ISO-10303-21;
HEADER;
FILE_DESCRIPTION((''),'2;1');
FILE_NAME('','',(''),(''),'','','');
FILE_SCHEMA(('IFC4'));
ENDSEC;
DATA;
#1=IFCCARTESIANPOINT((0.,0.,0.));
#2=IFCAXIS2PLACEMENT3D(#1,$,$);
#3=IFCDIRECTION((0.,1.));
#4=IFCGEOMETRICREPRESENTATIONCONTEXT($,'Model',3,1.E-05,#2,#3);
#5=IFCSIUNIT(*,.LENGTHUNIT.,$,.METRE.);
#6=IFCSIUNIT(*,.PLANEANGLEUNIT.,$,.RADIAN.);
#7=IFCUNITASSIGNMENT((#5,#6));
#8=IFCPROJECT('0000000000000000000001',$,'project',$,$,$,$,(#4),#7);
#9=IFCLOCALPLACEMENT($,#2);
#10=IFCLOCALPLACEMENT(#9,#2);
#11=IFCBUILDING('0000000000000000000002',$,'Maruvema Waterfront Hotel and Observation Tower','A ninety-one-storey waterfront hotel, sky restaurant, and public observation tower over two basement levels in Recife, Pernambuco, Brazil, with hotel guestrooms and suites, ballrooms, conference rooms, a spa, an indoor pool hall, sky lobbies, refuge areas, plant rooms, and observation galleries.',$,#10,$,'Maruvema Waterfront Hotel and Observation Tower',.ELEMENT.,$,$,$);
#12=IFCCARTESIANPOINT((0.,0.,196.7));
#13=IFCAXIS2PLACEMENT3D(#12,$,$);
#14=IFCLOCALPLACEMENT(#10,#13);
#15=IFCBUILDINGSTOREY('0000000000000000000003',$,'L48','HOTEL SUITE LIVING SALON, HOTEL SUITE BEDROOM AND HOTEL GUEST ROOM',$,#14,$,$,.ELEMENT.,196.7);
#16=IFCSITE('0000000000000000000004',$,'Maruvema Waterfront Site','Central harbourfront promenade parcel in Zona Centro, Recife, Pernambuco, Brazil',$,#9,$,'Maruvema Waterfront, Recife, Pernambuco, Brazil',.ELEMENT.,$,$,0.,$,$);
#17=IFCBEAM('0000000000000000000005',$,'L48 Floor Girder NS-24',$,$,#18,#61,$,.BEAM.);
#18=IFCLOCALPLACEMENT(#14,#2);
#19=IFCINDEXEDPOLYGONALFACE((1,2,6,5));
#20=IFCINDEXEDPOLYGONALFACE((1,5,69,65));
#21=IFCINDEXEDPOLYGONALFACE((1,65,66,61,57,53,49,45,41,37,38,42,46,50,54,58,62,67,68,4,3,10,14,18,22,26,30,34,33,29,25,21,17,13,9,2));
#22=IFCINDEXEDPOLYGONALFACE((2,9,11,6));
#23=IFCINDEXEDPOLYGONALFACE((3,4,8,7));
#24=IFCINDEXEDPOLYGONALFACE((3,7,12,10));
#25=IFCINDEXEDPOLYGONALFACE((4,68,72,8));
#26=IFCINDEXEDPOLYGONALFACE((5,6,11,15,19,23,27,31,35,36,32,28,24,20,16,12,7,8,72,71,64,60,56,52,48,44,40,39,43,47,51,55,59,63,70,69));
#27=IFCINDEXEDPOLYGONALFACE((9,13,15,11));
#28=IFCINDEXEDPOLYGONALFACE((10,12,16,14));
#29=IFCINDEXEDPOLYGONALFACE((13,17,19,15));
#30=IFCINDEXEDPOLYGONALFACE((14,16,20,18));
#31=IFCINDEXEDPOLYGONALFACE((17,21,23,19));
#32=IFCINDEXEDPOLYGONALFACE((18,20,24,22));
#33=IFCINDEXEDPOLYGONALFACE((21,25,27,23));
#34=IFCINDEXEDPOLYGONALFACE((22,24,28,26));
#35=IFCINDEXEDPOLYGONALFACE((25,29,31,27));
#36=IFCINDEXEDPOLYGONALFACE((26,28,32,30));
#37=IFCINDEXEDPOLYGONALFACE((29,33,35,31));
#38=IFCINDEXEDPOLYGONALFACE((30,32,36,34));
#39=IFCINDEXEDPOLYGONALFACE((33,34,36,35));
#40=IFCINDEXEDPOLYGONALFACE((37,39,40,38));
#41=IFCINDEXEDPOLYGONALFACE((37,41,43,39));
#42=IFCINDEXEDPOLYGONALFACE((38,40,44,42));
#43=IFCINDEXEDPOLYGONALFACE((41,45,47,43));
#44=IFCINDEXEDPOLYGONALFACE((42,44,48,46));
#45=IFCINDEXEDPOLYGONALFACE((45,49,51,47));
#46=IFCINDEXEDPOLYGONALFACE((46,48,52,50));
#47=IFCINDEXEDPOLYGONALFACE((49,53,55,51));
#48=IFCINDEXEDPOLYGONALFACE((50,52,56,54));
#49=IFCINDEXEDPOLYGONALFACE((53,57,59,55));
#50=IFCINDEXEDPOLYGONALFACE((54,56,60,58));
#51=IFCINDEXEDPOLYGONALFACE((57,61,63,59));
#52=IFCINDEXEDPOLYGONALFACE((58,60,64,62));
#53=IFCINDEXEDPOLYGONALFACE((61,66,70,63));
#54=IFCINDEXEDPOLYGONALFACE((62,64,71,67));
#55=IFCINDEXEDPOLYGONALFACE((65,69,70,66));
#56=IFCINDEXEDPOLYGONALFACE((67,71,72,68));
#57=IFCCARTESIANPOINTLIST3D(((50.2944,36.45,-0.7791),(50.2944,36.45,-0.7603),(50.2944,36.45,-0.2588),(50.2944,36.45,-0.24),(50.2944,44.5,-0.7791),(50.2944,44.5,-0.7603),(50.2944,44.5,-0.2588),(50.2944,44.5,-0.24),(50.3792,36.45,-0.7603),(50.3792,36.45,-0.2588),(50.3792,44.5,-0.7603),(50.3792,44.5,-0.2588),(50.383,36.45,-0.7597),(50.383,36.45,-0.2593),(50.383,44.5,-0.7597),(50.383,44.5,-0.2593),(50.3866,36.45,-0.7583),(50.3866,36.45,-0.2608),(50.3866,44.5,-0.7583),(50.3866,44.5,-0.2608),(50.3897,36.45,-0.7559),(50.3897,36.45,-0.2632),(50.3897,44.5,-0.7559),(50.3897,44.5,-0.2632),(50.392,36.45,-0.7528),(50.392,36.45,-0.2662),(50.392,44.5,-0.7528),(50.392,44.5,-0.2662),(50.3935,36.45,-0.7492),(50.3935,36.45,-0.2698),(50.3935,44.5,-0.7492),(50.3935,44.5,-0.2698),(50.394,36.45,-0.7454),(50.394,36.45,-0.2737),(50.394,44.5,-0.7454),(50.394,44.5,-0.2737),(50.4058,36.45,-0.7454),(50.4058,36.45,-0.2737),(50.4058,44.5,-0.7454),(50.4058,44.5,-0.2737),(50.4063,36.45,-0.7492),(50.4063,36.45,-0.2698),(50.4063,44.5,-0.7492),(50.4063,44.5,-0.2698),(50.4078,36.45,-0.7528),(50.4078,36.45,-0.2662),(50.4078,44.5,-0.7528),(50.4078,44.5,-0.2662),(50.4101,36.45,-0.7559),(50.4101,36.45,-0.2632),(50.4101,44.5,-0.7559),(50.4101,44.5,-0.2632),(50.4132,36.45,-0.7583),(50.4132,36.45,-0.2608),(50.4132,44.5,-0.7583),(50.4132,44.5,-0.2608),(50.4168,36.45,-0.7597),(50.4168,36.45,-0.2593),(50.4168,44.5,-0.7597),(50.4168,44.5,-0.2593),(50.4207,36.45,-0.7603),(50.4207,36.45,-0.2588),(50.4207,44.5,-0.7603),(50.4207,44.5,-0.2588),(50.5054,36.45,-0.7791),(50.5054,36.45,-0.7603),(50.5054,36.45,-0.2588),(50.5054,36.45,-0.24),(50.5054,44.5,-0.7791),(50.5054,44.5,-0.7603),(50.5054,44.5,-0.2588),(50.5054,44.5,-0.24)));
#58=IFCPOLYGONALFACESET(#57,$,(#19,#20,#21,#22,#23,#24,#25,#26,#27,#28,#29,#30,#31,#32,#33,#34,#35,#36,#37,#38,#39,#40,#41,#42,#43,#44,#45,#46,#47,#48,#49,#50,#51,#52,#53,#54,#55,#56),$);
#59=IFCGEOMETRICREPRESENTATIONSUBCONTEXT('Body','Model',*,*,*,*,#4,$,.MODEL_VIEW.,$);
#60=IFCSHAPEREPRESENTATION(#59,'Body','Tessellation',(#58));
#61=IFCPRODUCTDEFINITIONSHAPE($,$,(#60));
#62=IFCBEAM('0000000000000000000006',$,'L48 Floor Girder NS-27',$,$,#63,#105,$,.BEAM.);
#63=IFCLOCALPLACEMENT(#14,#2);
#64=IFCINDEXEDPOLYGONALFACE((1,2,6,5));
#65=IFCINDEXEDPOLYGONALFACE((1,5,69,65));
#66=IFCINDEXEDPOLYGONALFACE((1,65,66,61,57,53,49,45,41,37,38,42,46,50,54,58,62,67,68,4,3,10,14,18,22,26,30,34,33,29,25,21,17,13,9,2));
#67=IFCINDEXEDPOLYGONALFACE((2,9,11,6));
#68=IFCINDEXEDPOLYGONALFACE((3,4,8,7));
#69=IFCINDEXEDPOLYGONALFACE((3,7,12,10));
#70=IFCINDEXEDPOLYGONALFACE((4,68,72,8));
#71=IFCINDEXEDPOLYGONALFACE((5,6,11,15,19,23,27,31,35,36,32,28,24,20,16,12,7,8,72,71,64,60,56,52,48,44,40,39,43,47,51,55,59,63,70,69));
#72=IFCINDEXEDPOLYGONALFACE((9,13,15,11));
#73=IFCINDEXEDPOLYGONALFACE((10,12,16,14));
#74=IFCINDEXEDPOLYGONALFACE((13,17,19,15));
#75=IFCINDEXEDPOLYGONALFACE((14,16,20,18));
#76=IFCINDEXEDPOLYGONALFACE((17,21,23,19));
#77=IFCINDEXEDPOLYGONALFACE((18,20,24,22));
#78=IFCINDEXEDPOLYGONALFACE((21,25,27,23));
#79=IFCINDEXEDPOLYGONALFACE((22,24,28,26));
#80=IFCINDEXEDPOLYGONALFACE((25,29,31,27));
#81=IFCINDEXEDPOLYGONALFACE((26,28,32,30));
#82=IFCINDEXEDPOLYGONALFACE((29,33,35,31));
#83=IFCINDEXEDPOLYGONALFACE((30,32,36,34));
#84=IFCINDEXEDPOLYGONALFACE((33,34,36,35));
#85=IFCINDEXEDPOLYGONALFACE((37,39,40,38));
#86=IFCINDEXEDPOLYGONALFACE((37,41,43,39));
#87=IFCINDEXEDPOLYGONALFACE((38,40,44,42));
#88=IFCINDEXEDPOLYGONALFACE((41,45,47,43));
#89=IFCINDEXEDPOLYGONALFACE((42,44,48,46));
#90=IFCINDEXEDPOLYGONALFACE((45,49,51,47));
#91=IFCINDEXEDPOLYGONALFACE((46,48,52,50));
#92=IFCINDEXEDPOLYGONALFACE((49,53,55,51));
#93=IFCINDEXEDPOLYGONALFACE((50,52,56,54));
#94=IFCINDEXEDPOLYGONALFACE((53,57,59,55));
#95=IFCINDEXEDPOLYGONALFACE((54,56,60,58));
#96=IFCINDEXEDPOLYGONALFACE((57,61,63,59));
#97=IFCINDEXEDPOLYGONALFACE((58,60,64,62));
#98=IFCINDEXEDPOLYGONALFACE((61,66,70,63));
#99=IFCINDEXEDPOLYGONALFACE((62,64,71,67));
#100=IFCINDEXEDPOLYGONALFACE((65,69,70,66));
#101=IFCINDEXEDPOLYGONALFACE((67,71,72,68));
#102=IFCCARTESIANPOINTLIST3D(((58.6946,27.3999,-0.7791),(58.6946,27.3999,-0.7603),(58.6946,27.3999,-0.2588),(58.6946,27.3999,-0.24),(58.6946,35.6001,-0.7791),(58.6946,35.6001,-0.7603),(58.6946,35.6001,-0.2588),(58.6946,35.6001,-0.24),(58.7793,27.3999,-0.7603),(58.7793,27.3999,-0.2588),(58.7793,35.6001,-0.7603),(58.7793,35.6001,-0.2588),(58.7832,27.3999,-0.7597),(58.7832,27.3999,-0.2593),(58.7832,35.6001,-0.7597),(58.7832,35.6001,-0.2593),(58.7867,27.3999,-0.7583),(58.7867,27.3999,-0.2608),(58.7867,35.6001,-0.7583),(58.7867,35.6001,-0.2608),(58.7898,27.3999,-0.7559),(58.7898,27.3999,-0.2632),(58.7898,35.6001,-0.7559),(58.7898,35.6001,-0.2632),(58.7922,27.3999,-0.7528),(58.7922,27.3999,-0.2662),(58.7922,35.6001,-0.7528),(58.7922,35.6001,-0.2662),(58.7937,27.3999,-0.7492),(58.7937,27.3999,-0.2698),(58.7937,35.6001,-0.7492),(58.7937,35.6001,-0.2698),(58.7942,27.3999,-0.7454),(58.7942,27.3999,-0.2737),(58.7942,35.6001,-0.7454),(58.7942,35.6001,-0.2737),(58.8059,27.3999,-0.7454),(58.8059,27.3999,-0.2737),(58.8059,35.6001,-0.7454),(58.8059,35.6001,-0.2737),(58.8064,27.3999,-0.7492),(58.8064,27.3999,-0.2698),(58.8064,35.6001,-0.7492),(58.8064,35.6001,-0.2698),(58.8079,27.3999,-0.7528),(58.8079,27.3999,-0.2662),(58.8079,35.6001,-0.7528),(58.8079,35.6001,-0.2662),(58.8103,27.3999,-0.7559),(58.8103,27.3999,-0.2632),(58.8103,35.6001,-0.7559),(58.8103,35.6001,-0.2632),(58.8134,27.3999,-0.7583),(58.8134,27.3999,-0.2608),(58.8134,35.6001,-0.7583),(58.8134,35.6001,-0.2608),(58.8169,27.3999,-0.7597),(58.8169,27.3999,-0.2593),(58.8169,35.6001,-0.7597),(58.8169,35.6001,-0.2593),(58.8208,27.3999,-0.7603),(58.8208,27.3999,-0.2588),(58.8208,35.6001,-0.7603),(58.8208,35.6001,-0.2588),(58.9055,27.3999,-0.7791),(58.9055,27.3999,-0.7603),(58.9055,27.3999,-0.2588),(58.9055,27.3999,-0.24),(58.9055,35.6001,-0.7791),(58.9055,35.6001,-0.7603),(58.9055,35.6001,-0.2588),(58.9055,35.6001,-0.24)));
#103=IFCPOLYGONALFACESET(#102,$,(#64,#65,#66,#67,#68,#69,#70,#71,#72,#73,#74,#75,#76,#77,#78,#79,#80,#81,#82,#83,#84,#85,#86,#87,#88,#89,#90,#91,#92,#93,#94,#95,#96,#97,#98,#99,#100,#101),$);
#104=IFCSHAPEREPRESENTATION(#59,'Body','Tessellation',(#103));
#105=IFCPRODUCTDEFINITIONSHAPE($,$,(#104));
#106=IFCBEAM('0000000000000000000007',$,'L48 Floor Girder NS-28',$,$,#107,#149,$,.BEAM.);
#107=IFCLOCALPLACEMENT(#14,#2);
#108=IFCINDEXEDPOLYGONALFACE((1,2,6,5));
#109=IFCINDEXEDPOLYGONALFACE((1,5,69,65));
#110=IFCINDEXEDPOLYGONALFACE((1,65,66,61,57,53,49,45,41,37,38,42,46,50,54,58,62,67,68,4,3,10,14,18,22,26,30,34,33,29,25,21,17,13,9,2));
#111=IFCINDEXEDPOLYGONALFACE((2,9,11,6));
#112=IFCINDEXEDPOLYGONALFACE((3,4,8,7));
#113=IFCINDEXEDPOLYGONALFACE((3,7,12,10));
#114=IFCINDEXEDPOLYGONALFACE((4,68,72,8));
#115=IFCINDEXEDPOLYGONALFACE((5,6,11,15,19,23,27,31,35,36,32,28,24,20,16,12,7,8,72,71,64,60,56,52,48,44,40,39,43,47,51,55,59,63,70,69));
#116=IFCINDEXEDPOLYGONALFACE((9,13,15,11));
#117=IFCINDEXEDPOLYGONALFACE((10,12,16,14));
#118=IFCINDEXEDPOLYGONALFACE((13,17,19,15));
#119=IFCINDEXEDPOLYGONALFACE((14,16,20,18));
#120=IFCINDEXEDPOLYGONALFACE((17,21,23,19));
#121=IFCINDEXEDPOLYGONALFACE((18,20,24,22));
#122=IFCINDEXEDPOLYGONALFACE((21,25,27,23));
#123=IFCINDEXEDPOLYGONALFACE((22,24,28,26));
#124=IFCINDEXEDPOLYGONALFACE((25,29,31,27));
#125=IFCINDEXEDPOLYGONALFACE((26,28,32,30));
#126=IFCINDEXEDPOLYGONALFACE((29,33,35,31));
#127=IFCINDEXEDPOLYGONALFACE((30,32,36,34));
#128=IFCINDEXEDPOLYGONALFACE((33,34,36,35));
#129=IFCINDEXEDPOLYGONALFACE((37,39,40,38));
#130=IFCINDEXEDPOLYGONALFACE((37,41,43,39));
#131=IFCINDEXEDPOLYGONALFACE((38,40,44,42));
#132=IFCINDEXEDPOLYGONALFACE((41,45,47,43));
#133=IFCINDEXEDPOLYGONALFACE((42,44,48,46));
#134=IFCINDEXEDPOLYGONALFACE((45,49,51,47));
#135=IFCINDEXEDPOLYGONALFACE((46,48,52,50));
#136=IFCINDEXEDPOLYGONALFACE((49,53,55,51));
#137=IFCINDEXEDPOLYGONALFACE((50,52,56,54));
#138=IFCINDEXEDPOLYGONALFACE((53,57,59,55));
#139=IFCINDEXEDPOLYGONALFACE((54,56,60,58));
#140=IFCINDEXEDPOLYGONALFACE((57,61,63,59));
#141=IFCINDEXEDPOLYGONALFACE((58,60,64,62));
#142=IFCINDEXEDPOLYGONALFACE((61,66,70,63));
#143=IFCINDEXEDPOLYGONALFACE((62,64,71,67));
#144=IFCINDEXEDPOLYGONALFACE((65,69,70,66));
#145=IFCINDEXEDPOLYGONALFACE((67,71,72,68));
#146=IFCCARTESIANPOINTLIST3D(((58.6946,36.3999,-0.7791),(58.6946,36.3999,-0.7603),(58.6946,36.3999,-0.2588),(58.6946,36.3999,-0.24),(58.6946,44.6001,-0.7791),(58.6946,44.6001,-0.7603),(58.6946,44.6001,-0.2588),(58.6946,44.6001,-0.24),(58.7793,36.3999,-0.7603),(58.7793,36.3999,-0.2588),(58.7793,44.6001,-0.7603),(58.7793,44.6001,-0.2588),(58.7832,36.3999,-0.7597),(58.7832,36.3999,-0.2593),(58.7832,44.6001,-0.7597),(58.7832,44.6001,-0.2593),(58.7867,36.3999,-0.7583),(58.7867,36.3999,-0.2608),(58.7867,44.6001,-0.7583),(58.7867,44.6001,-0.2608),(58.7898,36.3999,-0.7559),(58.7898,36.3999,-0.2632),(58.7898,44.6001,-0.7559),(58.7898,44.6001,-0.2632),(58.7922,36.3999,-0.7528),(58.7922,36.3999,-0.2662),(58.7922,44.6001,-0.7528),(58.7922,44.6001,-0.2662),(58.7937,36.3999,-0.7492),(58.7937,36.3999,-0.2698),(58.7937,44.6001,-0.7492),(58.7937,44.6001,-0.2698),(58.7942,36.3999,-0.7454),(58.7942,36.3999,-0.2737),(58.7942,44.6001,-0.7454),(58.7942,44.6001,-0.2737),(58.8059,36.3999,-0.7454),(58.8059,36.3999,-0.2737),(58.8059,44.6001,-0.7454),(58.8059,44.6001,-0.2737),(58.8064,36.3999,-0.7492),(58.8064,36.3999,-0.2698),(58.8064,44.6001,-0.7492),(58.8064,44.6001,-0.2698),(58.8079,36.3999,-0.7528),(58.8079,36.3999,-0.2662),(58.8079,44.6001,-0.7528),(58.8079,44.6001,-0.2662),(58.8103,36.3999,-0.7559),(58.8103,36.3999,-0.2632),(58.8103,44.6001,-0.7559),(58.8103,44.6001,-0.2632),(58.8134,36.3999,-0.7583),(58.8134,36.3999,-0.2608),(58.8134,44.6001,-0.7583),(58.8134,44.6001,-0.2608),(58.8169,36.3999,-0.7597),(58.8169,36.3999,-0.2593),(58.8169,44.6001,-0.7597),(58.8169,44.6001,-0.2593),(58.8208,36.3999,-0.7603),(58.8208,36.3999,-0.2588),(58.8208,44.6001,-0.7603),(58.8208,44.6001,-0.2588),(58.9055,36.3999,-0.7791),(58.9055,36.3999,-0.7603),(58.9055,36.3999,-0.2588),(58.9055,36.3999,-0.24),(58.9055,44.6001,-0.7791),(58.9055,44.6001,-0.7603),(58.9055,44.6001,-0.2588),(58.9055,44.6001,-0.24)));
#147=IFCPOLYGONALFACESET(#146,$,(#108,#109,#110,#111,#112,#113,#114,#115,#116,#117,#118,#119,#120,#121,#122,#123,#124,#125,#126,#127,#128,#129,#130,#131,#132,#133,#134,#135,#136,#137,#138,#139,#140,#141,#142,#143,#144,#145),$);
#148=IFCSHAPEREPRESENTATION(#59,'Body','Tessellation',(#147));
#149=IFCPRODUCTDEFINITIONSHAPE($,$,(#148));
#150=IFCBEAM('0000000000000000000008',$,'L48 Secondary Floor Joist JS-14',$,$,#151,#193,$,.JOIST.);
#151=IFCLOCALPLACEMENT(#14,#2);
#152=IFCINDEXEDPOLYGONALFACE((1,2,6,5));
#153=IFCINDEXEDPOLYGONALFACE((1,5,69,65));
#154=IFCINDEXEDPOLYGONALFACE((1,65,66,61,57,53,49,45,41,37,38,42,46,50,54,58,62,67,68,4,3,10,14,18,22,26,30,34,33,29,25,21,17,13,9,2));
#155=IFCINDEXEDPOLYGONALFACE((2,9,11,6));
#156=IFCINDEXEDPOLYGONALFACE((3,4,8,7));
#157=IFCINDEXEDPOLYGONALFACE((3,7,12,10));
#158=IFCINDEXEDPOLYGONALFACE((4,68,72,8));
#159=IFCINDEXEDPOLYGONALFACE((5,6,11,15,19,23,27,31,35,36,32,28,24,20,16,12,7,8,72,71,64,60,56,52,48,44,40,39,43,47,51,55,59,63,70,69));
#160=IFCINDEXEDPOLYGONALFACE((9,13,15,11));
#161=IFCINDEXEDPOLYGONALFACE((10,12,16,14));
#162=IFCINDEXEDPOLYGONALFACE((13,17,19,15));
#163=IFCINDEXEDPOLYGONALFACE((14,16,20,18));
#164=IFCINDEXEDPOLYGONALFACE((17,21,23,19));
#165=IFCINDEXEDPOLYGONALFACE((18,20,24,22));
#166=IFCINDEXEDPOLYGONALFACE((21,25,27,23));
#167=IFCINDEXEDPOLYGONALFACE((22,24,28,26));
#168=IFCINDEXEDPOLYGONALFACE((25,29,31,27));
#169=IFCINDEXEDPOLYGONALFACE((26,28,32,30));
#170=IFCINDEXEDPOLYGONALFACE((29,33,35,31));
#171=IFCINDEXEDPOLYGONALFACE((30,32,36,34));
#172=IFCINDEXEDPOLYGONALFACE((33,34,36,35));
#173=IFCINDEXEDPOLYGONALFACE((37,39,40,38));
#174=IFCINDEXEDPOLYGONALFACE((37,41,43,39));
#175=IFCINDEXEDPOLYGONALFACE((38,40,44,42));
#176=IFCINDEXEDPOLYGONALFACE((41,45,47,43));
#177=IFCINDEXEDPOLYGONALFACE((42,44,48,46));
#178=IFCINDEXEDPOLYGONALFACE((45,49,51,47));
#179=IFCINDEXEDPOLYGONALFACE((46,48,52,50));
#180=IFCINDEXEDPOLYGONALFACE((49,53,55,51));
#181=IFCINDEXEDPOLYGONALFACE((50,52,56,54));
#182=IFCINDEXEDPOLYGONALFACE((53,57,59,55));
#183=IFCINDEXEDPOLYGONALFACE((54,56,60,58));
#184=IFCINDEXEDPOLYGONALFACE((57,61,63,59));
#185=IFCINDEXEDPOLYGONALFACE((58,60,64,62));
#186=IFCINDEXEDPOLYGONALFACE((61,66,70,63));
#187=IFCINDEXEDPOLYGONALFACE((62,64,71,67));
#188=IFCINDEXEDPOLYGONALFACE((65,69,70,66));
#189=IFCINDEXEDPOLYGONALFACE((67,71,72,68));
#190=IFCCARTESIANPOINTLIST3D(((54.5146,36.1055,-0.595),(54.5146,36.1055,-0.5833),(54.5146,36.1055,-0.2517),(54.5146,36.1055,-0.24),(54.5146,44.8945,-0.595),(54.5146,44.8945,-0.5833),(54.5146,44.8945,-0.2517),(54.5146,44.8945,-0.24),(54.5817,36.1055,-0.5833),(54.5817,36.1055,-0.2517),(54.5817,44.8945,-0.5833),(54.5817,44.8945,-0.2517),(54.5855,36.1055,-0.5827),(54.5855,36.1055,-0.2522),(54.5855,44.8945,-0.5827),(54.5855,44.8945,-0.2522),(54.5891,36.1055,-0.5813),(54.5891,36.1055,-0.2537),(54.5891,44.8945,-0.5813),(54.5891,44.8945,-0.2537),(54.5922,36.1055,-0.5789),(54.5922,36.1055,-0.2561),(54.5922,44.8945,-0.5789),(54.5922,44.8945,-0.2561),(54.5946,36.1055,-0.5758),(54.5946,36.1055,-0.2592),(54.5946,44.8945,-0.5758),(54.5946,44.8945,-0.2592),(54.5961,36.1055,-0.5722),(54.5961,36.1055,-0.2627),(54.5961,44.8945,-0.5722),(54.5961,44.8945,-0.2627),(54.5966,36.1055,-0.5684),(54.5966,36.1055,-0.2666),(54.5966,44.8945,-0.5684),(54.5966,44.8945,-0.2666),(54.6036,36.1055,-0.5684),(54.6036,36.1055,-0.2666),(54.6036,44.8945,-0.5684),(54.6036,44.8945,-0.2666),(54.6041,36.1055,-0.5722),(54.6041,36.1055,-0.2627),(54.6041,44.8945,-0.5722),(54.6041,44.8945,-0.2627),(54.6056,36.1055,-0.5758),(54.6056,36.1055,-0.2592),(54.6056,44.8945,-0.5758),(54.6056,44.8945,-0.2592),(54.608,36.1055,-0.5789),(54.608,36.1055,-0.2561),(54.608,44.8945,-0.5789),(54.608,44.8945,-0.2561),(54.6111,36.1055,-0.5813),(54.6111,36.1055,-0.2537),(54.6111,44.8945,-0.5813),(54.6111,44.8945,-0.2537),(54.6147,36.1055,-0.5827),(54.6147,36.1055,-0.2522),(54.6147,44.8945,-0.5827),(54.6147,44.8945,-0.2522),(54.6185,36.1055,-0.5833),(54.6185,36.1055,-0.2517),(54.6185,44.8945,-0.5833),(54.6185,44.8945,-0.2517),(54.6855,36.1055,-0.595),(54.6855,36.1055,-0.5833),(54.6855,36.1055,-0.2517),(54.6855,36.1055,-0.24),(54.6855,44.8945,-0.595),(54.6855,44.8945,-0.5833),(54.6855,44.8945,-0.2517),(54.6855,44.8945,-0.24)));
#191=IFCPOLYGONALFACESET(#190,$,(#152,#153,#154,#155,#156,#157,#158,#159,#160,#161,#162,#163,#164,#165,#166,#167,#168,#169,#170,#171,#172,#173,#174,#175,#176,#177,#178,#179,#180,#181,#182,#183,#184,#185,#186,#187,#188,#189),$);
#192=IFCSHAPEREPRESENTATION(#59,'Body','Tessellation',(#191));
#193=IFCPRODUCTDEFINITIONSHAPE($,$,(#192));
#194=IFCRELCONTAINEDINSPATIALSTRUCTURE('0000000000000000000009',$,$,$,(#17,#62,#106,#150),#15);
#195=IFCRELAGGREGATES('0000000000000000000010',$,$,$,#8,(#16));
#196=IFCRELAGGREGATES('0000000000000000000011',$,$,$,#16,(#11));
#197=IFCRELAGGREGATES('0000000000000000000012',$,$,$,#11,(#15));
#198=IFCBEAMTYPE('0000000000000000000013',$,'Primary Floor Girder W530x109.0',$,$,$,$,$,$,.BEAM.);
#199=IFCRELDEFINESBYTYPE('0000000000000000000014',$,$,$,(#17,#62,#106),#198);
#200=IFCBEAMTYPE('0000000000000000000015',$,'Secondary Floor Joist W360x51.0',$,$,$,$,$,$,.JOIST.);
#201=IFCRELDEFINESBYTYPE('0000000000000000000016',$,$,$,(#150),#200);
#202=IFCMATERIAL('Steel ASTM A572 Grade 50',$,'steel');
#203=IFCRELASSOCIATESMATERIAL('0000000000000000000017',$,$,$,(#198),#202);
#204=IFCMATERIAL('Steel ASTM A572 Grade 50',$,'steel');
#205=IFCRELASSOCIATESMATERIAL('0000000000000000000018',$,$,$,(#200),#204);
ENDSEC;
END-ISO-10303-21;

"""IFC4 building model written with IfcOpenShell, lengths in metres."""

from ifc_helpers import new_model, si_unit, direction, frame, origin, origin_2d, place, context, subcontext, project, spatial, i_section, extrude, material, material_profile, profile_set, type_object, element, save


model = new_model("IFC4")

# Units and contexts
model_context = context("Model", 3, precision=1e-05, world=origin(), true_north=direction((0.0, 1.0)))
body_context = subcontext(model_context, "Body", "Model", "MODEL_VIEW")
ifc_project = project(units=[si_unit("LENGTHUNIT", "METRE"), si_unit("PLANEANGLEUNIT", "RADIAN")], contexts=[model_context])

# Site, building, storey
site_placement = place(None, origin())
site = spatial("IfcSite", under=ifc_project, at=site_placement, Name="Maruvema Waterfront Site", Description="Central harbourfront promenade parcel in Zona Centro, Recife, Pernambuco, Brazil", LongName="Maruvema Waterfront, Recife, Pernambuco, Brazil", CompositionType="ELEMENT", RefElevation=0.0)
building_placement = place(site_placement, origin())
building = spatial("IfcBuilding", under=site, at=building_placement, Name="Maruvema Waterfront Hotel and Observation Tower", Description="A ninety-one-storey waterfront hotel, sky restaurant, and public observation tower over two basement levels in Recife, Pernambuco, Brazil, with hotel guestrooms and suites, ballrooms, conference rooms, a spa, an indoor pool hall, sky lobbies, refuge areas, plant rooms, and observation galleries.", LongName="Maruvema Waterfront Hotel and Observation Tower", CompositionType="ELEMENT")
storey_placement = place(building_placement, frame((0.0, 0.0, 196.7)))
storey = spatial("IfcBuildingStorey", under=building, at=storey_placement, Name="L48", Description="HOTEL SUITE LIVING SALON, HOTEL SUITE BEDROOM AND HOTEL GUEST ROOM", CompositionType="ELEMENT", Elevation=196.7)

# Beams
ifc_material_1 = material(Name="Steel ASTM A572 Grade 50", Category="steel")
ifc_material_profile_1 = material_profile(ifc_material_1, i_section(OverallWidth=0.2109, OverallDepth=0.5391, WebThickness=0.0117, FlangeThickness=0.0188, FilletRadius=0.0149, at=origin_2d()), Name="W530x109.0")
ifc_profile_set_1 = profile_set([ifc_material_profile_1], Name="Steel ASTM A572 Grade 50")
beam_type_1 = type_object("IfcBeamType", Name="Primary Floor Girder W530x109.0", PredefinedType="BEAM", material=ifc_profile_set_1)
beam_1_placement = place(storey_placement, frame((50.3999, 36.45, -0.5095), z_axis=(0.0, 1.0, 0.0), x_axis=(-1.0, 0.0, 0.0)))
element("IfcBeam", 1, at=beam_1_placement, inside=storey, type_object=beam_type_1, Name="L48 Floor Girder NS-24", PredefinedType="BEAM", context=body_context, shape_type="SweptSolid", body=[
    extrude(i_section(OverallWidth=0.2109, OverallDepth=0.5391, WebThickness=0.0117, FlangeThickness=0.0188, FilletRadius=0.0149, at=origin_2d()), origin(), (0.0, 0.0, 1.0), 8.05),
])
for number, where, z_axis, x_axis, name in (
    (2, (58.8, 27.3999, -0.5095), (0.0, 1.0, 0.0), (-1.0, 0.0, 0.0), "L48 Floor Girder NS-27"),
    (3, (58.8, 36.3999, -0.5095), (0.0, 1.0, 0.0), (-1.0, 0.0, 0.0), "L48 Floor Girder NS-28"),
):
    element("IfcBeam", number, at=place(storey_placement, frame(where, z_axis=z_axis, x_axis=x_axis)), inside=storey, type_object=beam_type_1, Name=name, PredefinedType="BEAM", context=body_context, shape_type="SweptSolid", body=[
        extrude(i_section(OverallWidth=0.2109, OverallDepth=0.5391, WebThickness=0.0117, FlangeThickness=0.0188, FilletRadius=0.0149, at=origin_2d()), origin(), (0.0, 0.0, 1.0), 8.2002),
    ])
ifc_material_2 = material(Name="Steel ASTM A572 Grade 50", Category="steel")
ifc_material_profile_2 = material_profile(ifc_material_2, i_section(OverallWidth=0.1709, OverallDepth=0.355, WebThickness=0.0071, FlangeThickness=0.0117, FilletRadius=0.0149, at=origin_2d()), Name="W360x51.0")
ifc_profile_set_2 = profile_set([ifc_material_profile_2], Name="Steel ASTM A572 Grade 50")
beam_type_2 = type_object("IfcBeamType", Name="Secondary Floor Joist W360x51.0", PredefinedType="JOIST", material=ifc_profile_set_2)
beam_2_placement = place(storey_placement, frame((54.6001, 36.1055, -0.4175), z_axis=(0.0, 1.0, 0.0), x_axis=(-1.0, 0.0, 0.0)))
element("IfcBeam", 4, at=beam_2_placement, inside=storey, type_object=beam_type_2, Name="L48 Secondary Floor Joist JS-14", PredefinedType="JOIST", context=body_context, shape_type="SweptSolid", body=[
    extrude(i_section(OverallWidth=0.1709, OverallDepth=0.355, WebThickness=0.0071, FlangeThickness=0.0117, FilletRadius=0.0149, at=origin_2d()), origin(), (0.0, 0.0, 1.0), 8.7891),
])

save(model, "model.ifc")
